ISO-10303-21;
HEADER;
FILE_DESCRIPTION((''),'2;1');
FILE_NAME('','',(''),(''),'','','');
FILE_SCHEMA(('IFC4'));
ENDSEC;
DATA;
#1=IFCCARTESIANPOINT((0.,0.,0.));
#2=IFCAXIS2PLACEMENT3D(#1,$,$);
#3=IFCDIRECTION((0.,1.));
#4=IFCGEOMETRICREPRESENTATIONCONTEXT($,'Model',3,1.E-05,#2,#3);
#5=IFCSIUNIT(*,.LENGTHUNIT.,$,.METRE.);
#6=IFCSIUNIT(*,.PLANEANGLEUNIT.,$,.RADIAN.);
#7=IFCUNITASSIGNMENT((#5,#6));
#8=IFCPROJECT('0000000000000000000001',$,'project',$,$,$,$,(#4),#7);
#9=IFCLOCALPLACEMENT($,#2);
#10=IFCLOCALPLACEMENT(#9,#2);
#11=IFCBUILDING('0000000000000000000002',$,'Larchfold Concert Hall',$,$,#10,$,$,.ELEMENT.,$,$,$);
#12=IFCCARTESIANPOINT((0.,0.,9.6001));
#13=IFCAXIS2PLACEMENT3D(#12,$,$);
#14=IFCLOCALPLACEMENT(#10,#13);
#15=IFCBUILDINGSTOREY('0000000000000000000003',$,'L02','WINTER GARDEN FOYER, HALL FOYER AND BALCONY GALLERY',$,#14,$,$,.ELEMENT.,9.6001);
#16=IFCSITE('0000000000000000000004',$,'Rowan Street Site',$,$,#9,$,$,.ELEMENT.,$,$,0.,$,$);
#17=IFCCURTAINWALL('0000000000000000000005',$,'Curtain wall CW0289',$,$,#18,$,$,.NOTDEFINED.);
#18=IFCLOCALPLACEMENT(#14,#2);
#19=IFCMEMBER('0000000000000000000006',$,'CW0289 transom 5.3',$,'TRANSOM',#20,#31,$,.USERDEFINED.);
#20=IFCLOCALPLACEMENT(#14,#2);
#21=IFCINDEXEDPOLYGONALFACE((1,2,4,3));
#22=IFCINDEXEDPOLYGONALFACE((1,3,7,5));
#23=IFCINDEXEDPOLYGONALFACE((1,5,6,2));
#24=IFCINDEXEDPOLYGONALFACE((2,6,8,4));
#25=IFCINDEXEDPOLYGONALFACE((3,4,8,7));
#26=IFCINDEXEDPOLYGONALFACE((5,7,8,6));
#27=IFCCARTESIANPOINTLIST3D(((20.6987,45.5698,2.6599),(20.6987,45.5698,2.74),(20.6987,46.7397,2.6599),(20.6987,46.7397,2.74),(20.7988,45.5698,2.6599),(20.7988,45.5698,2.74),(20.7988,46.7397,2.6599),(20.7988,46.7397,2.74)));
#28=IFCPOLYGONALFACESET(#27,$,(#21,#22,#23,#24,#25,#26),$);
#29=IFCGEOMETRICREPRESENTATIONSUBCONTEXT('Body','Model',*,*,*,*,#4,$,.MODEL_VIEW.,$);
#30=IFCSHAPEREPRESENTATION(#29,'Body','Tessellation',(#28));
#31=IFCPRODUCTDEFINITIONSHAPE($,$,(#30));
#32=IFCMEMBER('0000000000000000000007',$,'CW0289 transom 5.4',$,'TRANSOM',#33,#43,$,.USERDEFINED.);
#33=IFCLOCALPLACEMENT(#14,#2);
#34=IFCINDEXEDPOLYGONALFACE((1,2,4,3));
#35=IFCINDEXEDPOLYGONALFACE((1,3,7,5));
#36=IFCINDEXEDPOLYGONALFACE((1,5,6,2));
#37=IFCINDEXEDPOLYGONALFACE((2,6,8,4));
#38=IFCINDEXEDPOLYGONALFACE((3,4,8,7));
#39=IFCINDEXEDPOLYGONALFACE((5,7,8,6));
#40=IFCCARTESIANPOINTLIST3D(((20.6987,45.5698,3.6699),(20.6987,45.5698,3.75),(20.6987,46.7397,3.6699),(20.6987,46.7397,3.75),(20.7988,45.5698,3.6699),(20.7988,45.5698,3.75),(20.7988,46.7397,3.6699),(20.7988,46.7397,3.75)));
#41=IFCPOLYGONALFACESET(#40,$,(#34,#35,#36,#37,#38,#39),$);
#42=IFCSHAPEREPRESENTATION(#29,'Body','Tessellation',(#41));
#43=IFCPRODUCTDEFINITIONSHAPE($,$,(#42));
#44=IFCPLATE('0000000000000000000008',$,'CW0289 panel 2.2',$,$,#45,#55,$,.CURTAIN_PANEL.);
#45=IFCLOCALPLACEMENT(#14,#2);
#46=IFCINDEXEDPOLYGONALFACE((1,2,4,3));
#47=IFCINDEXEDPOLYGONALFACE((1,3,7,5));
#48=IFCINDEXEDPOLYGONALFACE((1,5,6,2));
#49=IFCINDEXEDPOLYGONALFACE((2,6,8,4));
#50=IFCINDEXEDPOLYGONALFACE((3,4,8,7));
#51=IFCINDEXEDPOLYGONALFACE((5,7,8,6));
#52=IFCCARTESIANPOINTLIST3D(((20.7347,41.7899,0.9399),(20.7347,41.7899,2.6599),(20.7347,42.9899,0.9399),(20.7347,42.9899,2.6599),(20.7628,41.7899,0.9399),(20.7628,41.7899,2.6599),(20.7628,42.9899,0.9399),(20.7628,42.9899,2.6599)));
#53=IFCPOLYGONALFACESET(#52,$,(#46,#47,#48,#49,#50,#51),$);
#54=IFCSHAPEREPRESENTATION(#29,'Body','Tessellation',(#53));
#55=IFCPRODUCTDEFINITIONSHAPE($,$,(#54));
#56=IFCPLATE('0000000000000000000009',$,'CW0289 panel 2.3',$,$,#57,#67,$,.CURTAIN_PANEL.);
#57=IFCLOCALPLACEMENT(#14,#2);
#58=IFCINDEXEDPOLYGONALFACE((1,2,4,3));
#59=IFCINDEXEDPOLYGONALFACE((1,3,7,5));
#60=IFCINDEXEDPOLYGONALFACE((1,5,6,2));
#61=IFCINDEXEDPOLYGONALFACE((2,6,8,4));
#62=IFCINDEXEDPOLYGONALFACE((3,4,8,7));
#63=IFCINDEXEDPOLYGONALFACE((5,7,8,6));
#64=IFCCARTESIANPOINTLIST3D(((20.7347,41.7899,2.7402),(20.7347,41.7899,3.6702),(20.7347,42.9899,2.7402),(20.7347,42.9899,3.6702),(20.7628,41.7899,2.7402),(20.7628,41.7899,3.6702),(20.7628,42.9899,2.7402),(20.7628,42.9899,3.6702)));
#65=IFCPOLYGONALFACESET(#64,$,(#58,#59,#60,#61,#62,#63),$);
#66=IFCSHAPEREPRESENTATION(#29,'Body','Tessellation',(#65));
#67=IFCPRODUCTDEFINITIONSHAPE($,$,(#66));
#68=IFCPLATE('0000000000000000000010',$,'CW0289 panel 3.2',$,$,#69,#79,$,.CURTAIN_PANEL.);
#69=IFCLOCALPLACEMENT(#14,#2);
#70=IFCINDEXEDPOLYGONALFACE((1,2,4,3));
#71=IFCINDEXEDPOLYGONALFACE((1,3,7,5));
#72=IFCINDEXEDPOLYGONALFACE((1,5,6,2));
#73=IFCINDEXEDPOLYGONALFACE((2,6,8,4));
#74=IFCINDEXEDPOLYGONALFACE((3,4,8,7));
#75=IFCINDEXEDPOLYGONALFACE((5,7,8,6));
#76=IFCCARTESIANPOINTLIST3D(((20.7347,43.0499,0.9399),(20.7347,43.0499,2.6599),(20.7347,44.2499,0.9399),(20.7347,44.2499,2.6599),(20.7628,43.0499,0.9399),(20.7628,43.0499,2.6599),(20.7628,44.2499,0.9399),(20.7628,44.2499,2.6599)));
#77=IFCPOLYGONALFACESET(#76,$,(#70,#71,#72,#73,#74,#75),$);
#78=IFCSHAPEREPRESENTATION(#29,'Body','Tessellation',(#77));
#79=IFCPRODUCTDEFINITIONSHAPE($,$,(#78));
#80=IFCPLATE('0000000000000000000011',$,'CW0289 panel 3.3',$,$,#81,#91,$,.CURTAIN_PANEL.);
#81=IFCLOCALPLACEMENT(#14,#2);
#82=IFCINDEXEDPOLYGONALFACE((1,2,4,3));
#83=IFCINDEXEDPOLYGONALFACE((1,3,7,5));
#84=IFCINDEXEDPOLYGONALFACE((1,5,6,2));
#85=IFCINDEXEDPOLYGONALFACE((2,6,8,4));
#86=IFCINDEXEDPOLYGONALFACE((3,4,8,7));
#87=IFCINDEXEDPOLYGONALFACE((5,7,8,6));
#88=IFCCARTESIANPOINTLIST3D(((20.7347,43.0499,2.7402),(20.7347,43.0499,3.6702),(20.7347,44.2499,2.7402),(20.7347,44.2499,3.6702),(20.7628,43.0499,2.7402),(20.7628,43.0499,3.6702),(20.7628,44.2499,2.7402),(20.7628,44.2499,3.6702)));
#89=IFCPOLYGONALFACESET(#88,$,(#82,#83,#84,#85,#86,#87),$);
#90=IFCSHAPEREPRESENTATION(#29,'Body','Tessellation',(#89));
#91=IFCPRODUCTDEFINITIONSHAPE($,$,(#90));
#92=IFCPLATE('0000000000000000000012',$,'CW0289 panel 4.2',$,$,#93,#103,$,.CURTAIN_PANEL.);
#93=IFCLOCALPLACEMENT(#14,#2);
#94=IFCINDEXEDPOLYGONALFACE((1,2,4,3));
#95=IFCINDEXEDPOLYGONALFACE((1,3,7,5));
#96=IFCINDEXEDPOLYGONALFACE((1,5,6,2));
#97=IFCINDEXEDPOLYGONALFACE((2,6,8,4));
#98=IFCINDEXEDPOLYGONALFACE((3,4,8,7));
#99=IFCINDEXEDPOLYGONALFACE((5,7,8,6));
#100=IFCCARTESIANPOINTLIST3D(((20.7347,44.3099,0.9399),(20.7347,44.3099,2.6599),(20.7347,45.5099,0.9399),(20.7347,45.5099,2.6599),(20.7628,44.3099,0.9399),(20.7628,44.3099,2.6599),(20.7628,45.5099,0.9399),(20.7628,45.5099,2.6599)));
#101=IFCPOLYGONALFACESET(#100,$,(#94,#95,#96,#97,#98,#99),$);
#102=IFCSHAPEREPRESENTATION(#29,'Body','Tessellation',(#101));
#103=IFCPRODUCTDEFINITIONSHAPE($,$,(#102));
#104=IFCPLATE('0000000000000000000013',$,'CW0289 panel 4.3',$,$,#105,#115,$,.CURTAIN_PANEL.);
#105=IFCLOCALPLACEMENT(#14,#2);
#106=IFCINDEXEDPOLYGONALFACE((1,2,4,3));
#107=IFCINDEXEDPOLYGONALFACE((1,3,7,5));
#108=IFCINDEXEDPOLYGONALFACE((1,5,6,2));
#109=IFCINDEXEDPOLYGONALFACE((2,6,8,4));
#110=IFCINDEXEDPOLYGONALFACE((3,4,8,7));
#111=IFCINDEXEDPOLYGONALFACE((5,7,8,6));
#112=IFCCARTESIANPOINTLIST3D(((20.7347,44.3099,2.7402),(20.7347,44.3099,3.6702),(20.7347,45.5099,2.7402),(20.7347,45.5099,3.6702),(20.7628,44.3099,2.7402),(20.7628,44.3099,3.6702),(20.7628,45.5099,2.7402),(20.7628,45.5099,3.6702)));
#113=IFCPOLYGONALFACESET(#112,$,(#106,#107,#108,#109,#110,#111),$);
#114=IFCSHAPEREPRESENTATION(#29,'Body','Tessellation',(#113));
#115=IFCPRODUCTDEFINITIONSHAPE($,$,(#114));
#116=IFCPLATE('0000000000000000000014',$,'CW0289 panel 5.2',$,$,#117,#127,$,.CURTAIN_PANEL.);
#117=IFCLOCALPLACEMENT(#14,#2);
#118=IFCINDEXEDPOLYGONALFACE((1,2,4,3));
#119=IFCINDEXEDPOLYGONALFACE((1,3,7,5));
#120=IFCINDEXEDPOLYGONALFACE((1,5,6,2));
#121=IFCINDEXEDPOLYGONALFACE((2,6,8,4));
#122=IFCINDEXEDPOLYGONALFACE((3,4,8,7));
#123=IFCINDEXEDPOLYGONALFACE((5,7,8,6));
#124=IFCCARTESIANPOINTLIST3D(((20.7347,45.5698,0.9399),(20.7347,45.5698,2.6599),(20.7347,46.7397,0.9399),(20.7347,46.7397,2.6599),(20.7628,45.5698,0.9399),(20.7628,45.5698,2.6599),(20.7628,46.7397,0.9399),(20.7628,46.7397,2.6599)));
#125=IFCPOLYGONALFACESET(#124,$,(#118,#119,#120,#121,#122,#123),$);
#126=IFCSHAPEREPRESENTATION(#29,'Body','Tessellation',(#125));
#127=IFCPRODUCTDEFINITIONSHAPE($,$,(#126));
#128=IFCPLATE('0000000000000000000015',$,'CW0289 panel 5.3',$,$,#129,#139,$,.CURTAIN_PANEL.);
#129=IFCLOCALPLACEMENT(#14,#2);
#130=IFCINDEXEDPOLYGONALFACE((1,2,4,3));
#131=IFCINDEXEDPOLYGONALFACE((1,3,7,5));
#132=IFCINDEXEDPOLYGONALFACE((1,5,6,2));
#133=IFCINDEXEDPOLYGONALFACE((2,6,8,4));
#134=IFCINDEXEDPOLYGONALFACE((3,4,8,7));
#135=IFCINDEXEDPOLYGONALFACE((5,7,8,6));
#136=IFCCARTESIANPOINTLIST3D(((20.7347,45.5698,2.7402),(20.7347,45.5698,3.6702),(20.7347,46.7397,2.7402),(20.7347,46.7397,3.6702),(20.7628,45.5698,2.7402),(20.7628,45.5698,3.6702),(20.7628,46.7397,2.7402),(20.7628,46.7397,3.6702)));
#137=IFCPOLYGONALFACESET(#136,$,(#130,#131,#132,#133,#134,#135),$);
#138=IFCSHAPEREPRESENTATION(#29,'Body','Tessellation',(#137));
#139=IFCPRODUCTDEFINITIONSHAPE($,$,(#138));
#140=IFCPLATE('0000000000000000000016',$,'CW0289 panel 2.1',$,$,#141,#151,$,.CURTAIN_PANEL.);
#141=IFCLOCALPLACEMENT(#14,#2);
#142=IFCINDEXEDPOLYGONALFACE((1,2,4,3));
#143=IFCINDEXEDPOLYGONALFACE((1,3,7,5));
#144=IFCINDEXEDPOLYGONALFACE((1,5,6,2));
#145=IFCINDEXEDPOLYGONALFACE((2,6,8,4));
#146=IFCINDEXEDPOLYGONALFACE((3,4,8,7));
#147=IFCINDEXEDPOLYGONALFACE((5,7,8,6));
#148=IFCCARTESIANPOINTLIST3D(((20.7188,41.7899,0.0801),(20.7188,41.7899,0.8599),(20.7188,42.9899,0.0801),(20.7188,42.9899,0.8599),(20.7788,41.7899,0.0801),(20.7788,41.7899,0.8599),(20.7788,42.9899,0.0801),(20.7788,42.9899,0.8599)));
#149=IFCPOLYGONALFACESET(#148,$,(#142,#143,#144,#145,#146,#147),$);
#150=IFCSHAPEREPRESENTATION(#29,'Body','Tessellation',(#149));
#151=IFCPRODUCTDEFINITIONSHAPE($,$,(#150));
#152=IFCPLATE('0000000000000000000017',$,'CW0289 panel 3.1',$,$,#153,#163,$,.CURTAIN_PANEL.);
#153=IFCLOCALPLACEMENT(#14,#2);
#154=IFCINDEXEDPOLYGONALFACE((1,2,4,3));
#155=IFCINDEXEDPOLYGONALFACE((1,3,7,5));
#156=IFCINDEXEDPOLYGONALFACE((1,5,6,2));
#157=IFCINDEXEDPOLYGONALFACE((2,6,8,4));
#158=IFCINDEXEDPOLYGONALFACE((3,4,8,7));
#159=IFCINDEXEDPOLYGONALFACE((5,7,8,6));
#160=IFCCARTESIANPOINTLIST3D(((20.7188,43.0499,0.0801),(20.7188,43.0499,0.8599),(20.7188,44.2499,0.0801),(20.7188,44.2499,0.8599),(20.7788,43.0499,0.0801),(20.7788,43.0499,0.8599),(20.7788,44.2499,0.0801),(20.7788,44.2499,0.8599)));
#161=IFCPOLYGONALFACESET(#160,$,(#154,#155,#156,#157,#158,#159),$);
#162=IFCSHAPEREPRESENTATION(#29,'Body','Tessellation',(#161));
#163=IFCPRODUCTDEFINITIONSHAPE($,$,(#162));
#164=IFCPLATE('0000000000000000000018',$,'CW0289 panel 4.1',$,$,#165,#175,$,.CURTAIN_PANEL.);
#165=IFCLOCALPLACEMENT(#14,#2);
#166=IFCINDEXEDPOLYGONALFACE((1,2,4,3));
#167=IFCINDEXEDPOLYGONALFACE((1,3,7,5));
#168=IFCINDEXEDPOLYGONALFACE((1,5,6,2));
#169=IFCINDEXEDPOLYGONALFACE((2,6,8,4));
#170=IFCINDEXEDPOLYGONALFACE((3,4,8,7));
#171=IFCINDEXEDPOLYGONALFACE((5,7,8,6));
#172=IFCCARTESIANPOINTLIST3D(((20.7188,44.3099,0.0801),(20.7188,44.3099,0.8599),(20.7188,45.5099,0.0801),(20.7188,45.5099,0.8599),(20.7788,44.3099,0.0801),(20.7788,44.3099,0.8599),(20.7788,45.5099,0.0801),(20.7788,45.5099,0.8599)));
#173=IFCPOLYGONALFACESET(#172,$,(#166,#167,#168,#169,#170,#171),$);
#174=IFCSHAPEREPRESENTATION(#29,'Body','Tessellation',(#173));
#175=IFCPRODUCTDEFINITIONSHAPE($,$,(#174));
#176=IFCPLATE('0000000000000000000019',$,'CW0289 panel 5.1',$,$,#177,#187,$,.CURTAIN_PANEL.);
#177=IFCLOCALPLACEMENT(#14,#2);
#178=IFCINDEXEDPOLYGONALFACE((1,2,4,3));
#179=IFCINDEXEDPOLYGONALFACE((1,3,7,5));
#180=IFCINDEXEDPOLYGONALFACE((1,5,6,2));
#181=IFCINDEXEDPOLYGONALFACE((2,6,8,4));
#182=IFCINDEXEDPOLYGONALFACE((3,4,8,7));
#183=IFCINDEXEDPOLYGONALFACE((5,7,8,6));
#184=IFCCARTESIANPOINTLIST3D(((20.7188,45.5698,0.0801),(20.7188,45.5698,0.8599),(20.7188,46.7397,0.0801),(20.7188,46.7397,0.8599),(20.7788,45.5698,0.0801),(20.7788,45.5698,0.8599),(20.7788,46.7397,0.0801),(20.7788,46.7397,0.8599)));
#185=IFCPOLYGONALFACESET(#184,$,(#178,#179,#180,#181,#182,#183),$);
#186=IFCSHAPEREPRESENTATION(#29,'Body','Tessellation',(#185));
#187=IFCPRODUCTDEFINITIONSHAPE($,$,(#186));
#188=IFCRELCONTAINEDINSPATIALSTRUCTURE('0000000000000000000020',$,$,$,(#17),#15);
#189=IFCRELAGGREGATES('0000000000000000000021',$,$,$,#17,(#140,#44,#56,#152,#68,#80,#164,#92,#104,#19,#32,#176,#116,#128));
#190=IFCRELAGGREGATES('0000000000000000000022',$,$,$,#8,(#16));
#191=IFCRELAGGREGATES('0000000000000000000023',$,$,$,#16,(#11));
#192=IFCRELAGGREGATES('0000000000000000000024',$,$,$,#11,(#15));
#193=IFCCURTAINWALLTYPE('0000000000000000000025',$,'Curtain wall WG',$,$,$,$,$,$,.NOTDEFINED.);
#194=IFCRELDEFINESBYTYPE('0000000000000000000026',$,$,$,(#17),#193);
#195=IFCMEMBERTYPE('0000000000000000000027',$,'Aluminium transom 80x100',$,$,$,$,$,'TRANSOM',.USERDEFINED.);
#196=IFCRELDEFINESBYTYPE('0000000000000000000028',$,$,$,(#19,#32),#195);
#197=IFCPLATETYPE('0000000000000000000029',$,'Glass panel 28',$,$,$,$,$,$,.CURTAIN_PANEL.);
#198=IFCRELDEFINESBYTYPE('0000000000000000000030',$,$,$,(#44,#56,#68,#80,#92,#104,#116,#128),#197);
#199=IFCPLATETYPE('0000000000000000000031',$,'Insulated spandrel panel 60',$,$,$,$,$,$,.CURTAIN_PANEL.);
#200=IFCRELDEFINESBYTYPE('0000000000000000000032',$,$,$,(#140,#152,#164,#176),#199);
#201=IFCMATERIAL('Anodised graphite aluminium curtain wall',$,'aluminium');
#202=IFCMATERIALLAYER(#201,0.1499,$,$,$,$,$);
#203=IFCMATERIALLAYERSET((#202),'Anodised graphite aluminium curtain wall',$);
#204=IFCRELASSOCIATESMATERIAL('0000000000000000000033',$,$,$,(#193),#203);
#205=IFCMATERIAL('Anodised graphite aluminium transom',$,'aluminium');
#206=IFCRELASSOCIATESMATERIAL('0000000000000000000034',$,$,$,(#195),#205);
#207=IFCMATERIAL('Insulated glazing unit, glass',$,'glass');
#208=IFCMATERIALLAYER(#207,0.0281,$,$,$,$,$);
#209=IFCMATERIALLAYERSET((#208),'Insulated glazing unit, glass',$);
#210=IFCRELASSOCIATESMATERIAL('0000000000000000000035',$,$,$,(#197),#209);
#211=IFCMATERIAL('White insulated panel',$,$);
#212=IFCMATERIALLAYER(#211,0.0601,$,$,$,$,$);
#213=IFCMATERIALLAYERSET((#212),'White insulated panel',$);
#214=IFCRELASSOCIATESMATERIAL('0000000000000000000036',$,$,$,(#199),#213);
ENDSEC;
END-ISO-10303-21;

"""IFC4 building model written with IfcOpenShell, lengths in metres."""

from ifc_helpers import new_model, si_unit, direction, frame, origin, origin_2d, place, context, subcontext, project, spatial, rectangle, extrude, material, layer, layer_set, material_profile, profile_set, type_object, element, aggregate, save


model = new_model("IFC4")

# Units and contexts
model_context = context("Model", 3, precision=1e-05, world=origin(), true_north=direction((0.0, 1.0)))
body_context = subcontext(model_context, "Body", "Model", "MODEL_VIEW")
ifc_project = project(units=[si_unit("LENGTHUNIT", "METRE"), si_unit("PLANEANGLEUNIT", "RADIAN")], contexts=[model_context])

# Site, building, storey
site_placement = place(None, origin())
site = spatial("IfcSite", under=ifc_project, at=site_placement, Name="Rowan Street Site", CompositionType="ELEMENT", RefElevation=0.0)
building_placement = place(site_placement, origin())
building = spatial("IfcBuilding", under=site, at=building_placement, Name="Larchfold Concert Hall", CompositionType="ELEMENT")
storey_placement = place(building_placement, frame((0.0, 0.0, 9.6001)))
storey = spatial("IfcBuildingStorey", under=building, at=storey_placement, Name="L02", Description="WINTER GARDEN FOYER, HALL FOYER AND BALCONY GALLERY", CompositionType="ELEMENT", Elevation=9.6001)

# Curtain wall, members, plates
ifc_material_1 = material(Name="Anodised graphite aluminium curtain wall", Category="aluminium")
ifc_layer_1 = layer(ifc_material_1, 0.1499)
ifc_layer_set_1 = layer_set([ifc_layer_1], Name="Anodised graphite aluminium curtain wall")
curtain_wall_type = type_object("IfcCurtainWallType", Name="Curtain wall WG", PredefinedType="NOTDEFINED", material=ifc_layer_set_1)
curtain_wall_placement = place(storey_placement, origin())
curtain_wall = element("IfcCurtainWall", 1, at=curtain_wall_placement, inside=storey, type_object=curtain_wall_type, Name="Curtain wall CW0289", PredefinedType="NOTDEFINED")
ifc_material_2 = material(Name="Anodised graphite aluminium transom", Category="aluminium")
ifc_material_profile_1 = material_profile(ifc_material_2, rectangle(XDim=0.1001, YDim=0.0801, at=origin_2d()))
ifc_profile_set_1 = profile_set([ifc_material_profile_1], Name="Anodised graphite aluminium transom")
member_type_1 = type_object("IfcMemberType", Name="Aluminium transom 80x100", ElementType="TRANSOM", PredefinedType="USERDEFINED", material=ifc_profile_set_1)
member_1_placement = place(storey_placement, frame((20.7488, 45.5698, 2.7), z_axis=(0.0, 1.0, 0.0), x_axis=(-1.0, 0.0, 0.0)))
member_1 = element("IfcMember", 2, at=member_1_placement, type_object=member_type_1, Name="CW0289 transom 5.3", ObjectType="TRANSOM", PredefinedType="USERDEFINED", context=body_context, shape_type="SweptSolid", body=[
    extrude(rectangle(XDim=0.1001, YDim=0.0801, at=origin_2d()), origin(), (0.0, 0.0, 1.0), 1.1699),
])
member_2_placement = place(storey_placement, frame((20.7488, 45.5698, 3.71), z_axis=(0.0, 1.0, 0.0), x_axis=(-1.0, 0.0, 0.0)))
member_2 = element("IfcMember", 3, at=member_2_placement, type_object=member_type_1, Name="CW0289 transom 5.4", ObjectType="TRANSOM", PredefinedType="USERDEFINED", context=body_context, shape_type="SweptSolid", body=[
    extrude(rectangle(XDim=0.1001, YDim=0.0801, at=origin_2d()), origin(), (0.0, 0.0, 1.0), 1.1699),
])
ifc_material_3 = material(Name="Insulated glazing unit, glass", Category="glass")
ifc_layer_2 = layer(ifc_material_3, 0.0281)
ifc_layer_set_2 = layer_set([ifc_layer_2], Name="Insulated glazing unit, glass")
plate_type_1 = type_object("IfcPlateType", Name="Glass panel 28", PredefinedType="CURTAIN_PANEL", material=ifc_layer_set_2)
plate_1_placement = place(storey_placement, frame((20.7488, 42.3899, 0.9399), z_axis=(0.0, 0.0, 1.0), x_axis=(0.0, 1.0, 0.0)))
plate_1 = element("IfcPlate", 4, at=plate_1_placement, type_object=plate_type_1, Name="CW0289 panel 2.2", PredefinedType="CURTAIN_PANEL", context=body_context, shape_type="SweptSolid", body=[
    extrude(rectangle(XDim=1.2, YDim=0.0281, at=origin_2d()), origin(), (0.0, 0.0, 1.0), 1.72),
])
plate_2_placement = place(storey_placement, frame((20.7488, 42.3899, 2.7402), z_axis=(0.0, 0.0, 1.0), x_axis=(0.0, 1.0, 0.0)))
plate_2 = element("IfcPlate", 5, at=plate_2_placement, type_object=plate_type_1, Name="CW0289 panel 2.3", PredefinedType="CURTAIN_PANEL", context=body_context, shape_type="SweptSolid", body=[
    extrude(rectangle(XDim=1.2, YDim=0.0281, at=origin_2d()), origin(), (0.0, 0.0, 1.0), 0.9299),
])
plate_3_placement = place(storey_placement, frame((20.7488, 43.6499, 0.9399), z_axis=(0.0, 0.0, 1.0), x_axis=(0.0, 1.0, 0.0)))
plate_3 = element("IfcPlate", 6, at=plate_3_placement, type_object=plate_type_1, Name="CW0289 panel 3.2", PredefinedType="CURTAIN_PANEL", context=body_context, shape_type="SweptSolid", body=[
    extrude(rectangle(XDim=1.2, YDim=0.0281, at=origin_2d()), origin(), (0.0, 0.0, 1.0), 1.72),
])
plate_4_placement = place(storey_placement, frame((20.7488, 43.6499, 2.7402), z_axis=(0.0, 0.0, 1.0), x_axis=(0.0, 1.0, 0.0)))
plate_4 = element("IfcPlate", 7, at=plate_4_placement, type_object=plate_type_1, Name="CW0289 panel 3.3", PredefinedType="CURTAIN_PANEL", context=body_context, shape_type="SweptSolid", body=[
    extrude(rectangle(XDim=1.2, YDim=0.0281, at=origin_2d()), origin(), (0.0, 0.0, 1.0), 0.9299),
])
plate_5_placement = place(storey_placement, frame((20.7488, 44.9099, 0.9399), z_axis=(0.0, 0.0, 1.0), x_axis=(0.0, 1.0, 0.0)))
plate_5 = element("IfcPlate", 8, at=plate_5_placement, type_object=plate_type_1, Name="CW0289 panel 4.2", PredefinedType="CURTAIN_PANEL", context=body_context, shape_type="SweptSolid", body=[
    extrude(rectangle(XDim=1.2, YDim=0.0281, at=origin_2d()), origin(), (0.0, 0.0, 1.0), 1.72),
])
plate_6_placement = place(storey_placement, frame((20.7488, 44.9099, 2.7402), z_axis=(0.0, 0.0, 1.0), x_axis=(0.0, 1.0, 0.0)))
plate_6 = element("IfcPlate", 9, at=plate_6_placement, type_object=plate_type_1, Name="CW0289 panel 4.3", PredefinedType="CURTAIN_PANEL", context=body_context, shape_type="SweptSolid", body=[
    extrude(rectangle(XDim=1.2, YDim=0.0281, at=origin_2d()), origin(), (0.0, 0.0, 1.0), 0.9299),
])
plate_7_placement = place(storey_placement, frame((20.7488, 46.1548, 0.9399), z_axis=(0.0, 0.0, 1.0), x_axis=(0.0, 1.0, 0.0)))
plate_7 = element("IfcPlate", 10, at=plate_7_placement, type_object=plate_type_1, Name="CW0289 panel 5.2", PredefinedType="CURTAIN_PANEL", context=body_context, shape_type="SweptSolid", body=[
    extrude(rectangle(XDim=1.1699, YDim=0.0281, at=origin_2d()), origin(), (0.0, 0.0, 1.0), 1.72),
])
plate_8_placement = place(storey_placement, frame((20.7488, 46.1548, 2.7402), z_axis=(0.0, 0.0, 1.0), x_axis=(0.0, 1.0, 0.0)))
plate_8 = element("IfcPlate", 11, at=plate_8_placement, type_object=plate_type_1, Name="CW0289 panel 5.3", PredefinedType="CURTAIN_PANEL", context=body_context, shape_type="SweptSolid", body=[
    extrude(rectangle(XDim=1.1699, YDim=0.0281, at=origin_2d()), origin(), (0.0, 0.0, 1.0), 0.9299),
])
ifc_material_4 = material(Name="White insulated panel")
ifc_layer_3 = layer(ifc_material_4, 0.0601)
ifc_layer_set_3 = layer_set([ifc_layer_3], Name="White insulated panel")
plate_type_2 = type_object("IfcPlateType", Name="Insulated spandrel panel 60", PredefinedType="CURTAIN_PANEL", material=ifc_layer_set_3)
plate_9_placement = place(storey_placement, frame((20.7488, 42.3899, 0.0801), z_axis=(0.0, 0.0, 1.0), x_axis=(0.0, 1.0, 0.0)))
plate_9 = element("IfcPlate", 12, at=plate_9_placement, type_object=plate_type_2, Name="CW0289 panel 2.1", PredefinedType="CURTAIN_PANEL", context=body_context, shape_type="SweptSolid", body=[
    extrude(rectangle(XDim=1.2, YDim=0.0601, at=origin_2d()), origin(), (0.0, 0.0, 1.0), 0.7798),
])
plate_10_placement = place(storey_placement, frame((20.7488, 43.6499, 0.0801), z_axis=(0.0, 0.0, 1.0), x_axis=(0.0, 1.0, 0.0)))
plate_10 = element("IfcPlate", 13, at=plate_10_placement, type_object=plate_type_2, Name="CW0289 panel 3.1", PredefinedType="CURTAIN_PANEL", context=body_context, shape_type="SweptSolid", body=[
    extrude(rectangle(XDim=1.2, YDim=0.0601, at=origin_2d()), origin(), (0.0, 0.0, 1.0), 0.7798),
])
plate_11_placement = place(storey_placement, frame((20.7488, 44.9099, 0.0801), z_axis=(0.0, 0.0, 1.0), x_axis=(0.0, 1.0, 0.0)))
plate_11 = element("IfcPlate", 14, at=plate_11_placement, type_object=plate_type_2, Name="CW0289 panel 4.1", PredefinedType="CURTAIN_PANEL", context=body_context, shape_type="SweptSolid", body=[
    extrude(rectangle(XDim=1.2, YDim=0.0601, at=origin_2d()), origin(), (0.0, 0.0, 1.0), 0.7798),
])
plate_12_placement = place(storey_placement, frame((20.7488, 46.1548, 0.0801), z_axis=(0.0, 0.0, 1.0), x_axis=(0.0, 1.0, 0.0)))
plate_12 = element("IfcPlate", 15, at=plate_12_placement, type_object=plate_type_2, Name="CW0289 panel 5.1", PredefinedType="CURTAIN_PANEL", context=body_context, shape_type="SweptSolid", body=[
    extrude(rectangle(XDim=1.1699, YDim=0.0601, at=origin_2d()), origin(), (0.0, 0.0, 1.0), 0.7798),
])
aggregate(curtain_wall, [plate_9, plate_1, plate_2, plate_10, plate_3, plate_4, plate_11, plate_5, plate_6, member_1, member_2, plate_12, plate_7, plate_8])

save(model, "model.ifc")
